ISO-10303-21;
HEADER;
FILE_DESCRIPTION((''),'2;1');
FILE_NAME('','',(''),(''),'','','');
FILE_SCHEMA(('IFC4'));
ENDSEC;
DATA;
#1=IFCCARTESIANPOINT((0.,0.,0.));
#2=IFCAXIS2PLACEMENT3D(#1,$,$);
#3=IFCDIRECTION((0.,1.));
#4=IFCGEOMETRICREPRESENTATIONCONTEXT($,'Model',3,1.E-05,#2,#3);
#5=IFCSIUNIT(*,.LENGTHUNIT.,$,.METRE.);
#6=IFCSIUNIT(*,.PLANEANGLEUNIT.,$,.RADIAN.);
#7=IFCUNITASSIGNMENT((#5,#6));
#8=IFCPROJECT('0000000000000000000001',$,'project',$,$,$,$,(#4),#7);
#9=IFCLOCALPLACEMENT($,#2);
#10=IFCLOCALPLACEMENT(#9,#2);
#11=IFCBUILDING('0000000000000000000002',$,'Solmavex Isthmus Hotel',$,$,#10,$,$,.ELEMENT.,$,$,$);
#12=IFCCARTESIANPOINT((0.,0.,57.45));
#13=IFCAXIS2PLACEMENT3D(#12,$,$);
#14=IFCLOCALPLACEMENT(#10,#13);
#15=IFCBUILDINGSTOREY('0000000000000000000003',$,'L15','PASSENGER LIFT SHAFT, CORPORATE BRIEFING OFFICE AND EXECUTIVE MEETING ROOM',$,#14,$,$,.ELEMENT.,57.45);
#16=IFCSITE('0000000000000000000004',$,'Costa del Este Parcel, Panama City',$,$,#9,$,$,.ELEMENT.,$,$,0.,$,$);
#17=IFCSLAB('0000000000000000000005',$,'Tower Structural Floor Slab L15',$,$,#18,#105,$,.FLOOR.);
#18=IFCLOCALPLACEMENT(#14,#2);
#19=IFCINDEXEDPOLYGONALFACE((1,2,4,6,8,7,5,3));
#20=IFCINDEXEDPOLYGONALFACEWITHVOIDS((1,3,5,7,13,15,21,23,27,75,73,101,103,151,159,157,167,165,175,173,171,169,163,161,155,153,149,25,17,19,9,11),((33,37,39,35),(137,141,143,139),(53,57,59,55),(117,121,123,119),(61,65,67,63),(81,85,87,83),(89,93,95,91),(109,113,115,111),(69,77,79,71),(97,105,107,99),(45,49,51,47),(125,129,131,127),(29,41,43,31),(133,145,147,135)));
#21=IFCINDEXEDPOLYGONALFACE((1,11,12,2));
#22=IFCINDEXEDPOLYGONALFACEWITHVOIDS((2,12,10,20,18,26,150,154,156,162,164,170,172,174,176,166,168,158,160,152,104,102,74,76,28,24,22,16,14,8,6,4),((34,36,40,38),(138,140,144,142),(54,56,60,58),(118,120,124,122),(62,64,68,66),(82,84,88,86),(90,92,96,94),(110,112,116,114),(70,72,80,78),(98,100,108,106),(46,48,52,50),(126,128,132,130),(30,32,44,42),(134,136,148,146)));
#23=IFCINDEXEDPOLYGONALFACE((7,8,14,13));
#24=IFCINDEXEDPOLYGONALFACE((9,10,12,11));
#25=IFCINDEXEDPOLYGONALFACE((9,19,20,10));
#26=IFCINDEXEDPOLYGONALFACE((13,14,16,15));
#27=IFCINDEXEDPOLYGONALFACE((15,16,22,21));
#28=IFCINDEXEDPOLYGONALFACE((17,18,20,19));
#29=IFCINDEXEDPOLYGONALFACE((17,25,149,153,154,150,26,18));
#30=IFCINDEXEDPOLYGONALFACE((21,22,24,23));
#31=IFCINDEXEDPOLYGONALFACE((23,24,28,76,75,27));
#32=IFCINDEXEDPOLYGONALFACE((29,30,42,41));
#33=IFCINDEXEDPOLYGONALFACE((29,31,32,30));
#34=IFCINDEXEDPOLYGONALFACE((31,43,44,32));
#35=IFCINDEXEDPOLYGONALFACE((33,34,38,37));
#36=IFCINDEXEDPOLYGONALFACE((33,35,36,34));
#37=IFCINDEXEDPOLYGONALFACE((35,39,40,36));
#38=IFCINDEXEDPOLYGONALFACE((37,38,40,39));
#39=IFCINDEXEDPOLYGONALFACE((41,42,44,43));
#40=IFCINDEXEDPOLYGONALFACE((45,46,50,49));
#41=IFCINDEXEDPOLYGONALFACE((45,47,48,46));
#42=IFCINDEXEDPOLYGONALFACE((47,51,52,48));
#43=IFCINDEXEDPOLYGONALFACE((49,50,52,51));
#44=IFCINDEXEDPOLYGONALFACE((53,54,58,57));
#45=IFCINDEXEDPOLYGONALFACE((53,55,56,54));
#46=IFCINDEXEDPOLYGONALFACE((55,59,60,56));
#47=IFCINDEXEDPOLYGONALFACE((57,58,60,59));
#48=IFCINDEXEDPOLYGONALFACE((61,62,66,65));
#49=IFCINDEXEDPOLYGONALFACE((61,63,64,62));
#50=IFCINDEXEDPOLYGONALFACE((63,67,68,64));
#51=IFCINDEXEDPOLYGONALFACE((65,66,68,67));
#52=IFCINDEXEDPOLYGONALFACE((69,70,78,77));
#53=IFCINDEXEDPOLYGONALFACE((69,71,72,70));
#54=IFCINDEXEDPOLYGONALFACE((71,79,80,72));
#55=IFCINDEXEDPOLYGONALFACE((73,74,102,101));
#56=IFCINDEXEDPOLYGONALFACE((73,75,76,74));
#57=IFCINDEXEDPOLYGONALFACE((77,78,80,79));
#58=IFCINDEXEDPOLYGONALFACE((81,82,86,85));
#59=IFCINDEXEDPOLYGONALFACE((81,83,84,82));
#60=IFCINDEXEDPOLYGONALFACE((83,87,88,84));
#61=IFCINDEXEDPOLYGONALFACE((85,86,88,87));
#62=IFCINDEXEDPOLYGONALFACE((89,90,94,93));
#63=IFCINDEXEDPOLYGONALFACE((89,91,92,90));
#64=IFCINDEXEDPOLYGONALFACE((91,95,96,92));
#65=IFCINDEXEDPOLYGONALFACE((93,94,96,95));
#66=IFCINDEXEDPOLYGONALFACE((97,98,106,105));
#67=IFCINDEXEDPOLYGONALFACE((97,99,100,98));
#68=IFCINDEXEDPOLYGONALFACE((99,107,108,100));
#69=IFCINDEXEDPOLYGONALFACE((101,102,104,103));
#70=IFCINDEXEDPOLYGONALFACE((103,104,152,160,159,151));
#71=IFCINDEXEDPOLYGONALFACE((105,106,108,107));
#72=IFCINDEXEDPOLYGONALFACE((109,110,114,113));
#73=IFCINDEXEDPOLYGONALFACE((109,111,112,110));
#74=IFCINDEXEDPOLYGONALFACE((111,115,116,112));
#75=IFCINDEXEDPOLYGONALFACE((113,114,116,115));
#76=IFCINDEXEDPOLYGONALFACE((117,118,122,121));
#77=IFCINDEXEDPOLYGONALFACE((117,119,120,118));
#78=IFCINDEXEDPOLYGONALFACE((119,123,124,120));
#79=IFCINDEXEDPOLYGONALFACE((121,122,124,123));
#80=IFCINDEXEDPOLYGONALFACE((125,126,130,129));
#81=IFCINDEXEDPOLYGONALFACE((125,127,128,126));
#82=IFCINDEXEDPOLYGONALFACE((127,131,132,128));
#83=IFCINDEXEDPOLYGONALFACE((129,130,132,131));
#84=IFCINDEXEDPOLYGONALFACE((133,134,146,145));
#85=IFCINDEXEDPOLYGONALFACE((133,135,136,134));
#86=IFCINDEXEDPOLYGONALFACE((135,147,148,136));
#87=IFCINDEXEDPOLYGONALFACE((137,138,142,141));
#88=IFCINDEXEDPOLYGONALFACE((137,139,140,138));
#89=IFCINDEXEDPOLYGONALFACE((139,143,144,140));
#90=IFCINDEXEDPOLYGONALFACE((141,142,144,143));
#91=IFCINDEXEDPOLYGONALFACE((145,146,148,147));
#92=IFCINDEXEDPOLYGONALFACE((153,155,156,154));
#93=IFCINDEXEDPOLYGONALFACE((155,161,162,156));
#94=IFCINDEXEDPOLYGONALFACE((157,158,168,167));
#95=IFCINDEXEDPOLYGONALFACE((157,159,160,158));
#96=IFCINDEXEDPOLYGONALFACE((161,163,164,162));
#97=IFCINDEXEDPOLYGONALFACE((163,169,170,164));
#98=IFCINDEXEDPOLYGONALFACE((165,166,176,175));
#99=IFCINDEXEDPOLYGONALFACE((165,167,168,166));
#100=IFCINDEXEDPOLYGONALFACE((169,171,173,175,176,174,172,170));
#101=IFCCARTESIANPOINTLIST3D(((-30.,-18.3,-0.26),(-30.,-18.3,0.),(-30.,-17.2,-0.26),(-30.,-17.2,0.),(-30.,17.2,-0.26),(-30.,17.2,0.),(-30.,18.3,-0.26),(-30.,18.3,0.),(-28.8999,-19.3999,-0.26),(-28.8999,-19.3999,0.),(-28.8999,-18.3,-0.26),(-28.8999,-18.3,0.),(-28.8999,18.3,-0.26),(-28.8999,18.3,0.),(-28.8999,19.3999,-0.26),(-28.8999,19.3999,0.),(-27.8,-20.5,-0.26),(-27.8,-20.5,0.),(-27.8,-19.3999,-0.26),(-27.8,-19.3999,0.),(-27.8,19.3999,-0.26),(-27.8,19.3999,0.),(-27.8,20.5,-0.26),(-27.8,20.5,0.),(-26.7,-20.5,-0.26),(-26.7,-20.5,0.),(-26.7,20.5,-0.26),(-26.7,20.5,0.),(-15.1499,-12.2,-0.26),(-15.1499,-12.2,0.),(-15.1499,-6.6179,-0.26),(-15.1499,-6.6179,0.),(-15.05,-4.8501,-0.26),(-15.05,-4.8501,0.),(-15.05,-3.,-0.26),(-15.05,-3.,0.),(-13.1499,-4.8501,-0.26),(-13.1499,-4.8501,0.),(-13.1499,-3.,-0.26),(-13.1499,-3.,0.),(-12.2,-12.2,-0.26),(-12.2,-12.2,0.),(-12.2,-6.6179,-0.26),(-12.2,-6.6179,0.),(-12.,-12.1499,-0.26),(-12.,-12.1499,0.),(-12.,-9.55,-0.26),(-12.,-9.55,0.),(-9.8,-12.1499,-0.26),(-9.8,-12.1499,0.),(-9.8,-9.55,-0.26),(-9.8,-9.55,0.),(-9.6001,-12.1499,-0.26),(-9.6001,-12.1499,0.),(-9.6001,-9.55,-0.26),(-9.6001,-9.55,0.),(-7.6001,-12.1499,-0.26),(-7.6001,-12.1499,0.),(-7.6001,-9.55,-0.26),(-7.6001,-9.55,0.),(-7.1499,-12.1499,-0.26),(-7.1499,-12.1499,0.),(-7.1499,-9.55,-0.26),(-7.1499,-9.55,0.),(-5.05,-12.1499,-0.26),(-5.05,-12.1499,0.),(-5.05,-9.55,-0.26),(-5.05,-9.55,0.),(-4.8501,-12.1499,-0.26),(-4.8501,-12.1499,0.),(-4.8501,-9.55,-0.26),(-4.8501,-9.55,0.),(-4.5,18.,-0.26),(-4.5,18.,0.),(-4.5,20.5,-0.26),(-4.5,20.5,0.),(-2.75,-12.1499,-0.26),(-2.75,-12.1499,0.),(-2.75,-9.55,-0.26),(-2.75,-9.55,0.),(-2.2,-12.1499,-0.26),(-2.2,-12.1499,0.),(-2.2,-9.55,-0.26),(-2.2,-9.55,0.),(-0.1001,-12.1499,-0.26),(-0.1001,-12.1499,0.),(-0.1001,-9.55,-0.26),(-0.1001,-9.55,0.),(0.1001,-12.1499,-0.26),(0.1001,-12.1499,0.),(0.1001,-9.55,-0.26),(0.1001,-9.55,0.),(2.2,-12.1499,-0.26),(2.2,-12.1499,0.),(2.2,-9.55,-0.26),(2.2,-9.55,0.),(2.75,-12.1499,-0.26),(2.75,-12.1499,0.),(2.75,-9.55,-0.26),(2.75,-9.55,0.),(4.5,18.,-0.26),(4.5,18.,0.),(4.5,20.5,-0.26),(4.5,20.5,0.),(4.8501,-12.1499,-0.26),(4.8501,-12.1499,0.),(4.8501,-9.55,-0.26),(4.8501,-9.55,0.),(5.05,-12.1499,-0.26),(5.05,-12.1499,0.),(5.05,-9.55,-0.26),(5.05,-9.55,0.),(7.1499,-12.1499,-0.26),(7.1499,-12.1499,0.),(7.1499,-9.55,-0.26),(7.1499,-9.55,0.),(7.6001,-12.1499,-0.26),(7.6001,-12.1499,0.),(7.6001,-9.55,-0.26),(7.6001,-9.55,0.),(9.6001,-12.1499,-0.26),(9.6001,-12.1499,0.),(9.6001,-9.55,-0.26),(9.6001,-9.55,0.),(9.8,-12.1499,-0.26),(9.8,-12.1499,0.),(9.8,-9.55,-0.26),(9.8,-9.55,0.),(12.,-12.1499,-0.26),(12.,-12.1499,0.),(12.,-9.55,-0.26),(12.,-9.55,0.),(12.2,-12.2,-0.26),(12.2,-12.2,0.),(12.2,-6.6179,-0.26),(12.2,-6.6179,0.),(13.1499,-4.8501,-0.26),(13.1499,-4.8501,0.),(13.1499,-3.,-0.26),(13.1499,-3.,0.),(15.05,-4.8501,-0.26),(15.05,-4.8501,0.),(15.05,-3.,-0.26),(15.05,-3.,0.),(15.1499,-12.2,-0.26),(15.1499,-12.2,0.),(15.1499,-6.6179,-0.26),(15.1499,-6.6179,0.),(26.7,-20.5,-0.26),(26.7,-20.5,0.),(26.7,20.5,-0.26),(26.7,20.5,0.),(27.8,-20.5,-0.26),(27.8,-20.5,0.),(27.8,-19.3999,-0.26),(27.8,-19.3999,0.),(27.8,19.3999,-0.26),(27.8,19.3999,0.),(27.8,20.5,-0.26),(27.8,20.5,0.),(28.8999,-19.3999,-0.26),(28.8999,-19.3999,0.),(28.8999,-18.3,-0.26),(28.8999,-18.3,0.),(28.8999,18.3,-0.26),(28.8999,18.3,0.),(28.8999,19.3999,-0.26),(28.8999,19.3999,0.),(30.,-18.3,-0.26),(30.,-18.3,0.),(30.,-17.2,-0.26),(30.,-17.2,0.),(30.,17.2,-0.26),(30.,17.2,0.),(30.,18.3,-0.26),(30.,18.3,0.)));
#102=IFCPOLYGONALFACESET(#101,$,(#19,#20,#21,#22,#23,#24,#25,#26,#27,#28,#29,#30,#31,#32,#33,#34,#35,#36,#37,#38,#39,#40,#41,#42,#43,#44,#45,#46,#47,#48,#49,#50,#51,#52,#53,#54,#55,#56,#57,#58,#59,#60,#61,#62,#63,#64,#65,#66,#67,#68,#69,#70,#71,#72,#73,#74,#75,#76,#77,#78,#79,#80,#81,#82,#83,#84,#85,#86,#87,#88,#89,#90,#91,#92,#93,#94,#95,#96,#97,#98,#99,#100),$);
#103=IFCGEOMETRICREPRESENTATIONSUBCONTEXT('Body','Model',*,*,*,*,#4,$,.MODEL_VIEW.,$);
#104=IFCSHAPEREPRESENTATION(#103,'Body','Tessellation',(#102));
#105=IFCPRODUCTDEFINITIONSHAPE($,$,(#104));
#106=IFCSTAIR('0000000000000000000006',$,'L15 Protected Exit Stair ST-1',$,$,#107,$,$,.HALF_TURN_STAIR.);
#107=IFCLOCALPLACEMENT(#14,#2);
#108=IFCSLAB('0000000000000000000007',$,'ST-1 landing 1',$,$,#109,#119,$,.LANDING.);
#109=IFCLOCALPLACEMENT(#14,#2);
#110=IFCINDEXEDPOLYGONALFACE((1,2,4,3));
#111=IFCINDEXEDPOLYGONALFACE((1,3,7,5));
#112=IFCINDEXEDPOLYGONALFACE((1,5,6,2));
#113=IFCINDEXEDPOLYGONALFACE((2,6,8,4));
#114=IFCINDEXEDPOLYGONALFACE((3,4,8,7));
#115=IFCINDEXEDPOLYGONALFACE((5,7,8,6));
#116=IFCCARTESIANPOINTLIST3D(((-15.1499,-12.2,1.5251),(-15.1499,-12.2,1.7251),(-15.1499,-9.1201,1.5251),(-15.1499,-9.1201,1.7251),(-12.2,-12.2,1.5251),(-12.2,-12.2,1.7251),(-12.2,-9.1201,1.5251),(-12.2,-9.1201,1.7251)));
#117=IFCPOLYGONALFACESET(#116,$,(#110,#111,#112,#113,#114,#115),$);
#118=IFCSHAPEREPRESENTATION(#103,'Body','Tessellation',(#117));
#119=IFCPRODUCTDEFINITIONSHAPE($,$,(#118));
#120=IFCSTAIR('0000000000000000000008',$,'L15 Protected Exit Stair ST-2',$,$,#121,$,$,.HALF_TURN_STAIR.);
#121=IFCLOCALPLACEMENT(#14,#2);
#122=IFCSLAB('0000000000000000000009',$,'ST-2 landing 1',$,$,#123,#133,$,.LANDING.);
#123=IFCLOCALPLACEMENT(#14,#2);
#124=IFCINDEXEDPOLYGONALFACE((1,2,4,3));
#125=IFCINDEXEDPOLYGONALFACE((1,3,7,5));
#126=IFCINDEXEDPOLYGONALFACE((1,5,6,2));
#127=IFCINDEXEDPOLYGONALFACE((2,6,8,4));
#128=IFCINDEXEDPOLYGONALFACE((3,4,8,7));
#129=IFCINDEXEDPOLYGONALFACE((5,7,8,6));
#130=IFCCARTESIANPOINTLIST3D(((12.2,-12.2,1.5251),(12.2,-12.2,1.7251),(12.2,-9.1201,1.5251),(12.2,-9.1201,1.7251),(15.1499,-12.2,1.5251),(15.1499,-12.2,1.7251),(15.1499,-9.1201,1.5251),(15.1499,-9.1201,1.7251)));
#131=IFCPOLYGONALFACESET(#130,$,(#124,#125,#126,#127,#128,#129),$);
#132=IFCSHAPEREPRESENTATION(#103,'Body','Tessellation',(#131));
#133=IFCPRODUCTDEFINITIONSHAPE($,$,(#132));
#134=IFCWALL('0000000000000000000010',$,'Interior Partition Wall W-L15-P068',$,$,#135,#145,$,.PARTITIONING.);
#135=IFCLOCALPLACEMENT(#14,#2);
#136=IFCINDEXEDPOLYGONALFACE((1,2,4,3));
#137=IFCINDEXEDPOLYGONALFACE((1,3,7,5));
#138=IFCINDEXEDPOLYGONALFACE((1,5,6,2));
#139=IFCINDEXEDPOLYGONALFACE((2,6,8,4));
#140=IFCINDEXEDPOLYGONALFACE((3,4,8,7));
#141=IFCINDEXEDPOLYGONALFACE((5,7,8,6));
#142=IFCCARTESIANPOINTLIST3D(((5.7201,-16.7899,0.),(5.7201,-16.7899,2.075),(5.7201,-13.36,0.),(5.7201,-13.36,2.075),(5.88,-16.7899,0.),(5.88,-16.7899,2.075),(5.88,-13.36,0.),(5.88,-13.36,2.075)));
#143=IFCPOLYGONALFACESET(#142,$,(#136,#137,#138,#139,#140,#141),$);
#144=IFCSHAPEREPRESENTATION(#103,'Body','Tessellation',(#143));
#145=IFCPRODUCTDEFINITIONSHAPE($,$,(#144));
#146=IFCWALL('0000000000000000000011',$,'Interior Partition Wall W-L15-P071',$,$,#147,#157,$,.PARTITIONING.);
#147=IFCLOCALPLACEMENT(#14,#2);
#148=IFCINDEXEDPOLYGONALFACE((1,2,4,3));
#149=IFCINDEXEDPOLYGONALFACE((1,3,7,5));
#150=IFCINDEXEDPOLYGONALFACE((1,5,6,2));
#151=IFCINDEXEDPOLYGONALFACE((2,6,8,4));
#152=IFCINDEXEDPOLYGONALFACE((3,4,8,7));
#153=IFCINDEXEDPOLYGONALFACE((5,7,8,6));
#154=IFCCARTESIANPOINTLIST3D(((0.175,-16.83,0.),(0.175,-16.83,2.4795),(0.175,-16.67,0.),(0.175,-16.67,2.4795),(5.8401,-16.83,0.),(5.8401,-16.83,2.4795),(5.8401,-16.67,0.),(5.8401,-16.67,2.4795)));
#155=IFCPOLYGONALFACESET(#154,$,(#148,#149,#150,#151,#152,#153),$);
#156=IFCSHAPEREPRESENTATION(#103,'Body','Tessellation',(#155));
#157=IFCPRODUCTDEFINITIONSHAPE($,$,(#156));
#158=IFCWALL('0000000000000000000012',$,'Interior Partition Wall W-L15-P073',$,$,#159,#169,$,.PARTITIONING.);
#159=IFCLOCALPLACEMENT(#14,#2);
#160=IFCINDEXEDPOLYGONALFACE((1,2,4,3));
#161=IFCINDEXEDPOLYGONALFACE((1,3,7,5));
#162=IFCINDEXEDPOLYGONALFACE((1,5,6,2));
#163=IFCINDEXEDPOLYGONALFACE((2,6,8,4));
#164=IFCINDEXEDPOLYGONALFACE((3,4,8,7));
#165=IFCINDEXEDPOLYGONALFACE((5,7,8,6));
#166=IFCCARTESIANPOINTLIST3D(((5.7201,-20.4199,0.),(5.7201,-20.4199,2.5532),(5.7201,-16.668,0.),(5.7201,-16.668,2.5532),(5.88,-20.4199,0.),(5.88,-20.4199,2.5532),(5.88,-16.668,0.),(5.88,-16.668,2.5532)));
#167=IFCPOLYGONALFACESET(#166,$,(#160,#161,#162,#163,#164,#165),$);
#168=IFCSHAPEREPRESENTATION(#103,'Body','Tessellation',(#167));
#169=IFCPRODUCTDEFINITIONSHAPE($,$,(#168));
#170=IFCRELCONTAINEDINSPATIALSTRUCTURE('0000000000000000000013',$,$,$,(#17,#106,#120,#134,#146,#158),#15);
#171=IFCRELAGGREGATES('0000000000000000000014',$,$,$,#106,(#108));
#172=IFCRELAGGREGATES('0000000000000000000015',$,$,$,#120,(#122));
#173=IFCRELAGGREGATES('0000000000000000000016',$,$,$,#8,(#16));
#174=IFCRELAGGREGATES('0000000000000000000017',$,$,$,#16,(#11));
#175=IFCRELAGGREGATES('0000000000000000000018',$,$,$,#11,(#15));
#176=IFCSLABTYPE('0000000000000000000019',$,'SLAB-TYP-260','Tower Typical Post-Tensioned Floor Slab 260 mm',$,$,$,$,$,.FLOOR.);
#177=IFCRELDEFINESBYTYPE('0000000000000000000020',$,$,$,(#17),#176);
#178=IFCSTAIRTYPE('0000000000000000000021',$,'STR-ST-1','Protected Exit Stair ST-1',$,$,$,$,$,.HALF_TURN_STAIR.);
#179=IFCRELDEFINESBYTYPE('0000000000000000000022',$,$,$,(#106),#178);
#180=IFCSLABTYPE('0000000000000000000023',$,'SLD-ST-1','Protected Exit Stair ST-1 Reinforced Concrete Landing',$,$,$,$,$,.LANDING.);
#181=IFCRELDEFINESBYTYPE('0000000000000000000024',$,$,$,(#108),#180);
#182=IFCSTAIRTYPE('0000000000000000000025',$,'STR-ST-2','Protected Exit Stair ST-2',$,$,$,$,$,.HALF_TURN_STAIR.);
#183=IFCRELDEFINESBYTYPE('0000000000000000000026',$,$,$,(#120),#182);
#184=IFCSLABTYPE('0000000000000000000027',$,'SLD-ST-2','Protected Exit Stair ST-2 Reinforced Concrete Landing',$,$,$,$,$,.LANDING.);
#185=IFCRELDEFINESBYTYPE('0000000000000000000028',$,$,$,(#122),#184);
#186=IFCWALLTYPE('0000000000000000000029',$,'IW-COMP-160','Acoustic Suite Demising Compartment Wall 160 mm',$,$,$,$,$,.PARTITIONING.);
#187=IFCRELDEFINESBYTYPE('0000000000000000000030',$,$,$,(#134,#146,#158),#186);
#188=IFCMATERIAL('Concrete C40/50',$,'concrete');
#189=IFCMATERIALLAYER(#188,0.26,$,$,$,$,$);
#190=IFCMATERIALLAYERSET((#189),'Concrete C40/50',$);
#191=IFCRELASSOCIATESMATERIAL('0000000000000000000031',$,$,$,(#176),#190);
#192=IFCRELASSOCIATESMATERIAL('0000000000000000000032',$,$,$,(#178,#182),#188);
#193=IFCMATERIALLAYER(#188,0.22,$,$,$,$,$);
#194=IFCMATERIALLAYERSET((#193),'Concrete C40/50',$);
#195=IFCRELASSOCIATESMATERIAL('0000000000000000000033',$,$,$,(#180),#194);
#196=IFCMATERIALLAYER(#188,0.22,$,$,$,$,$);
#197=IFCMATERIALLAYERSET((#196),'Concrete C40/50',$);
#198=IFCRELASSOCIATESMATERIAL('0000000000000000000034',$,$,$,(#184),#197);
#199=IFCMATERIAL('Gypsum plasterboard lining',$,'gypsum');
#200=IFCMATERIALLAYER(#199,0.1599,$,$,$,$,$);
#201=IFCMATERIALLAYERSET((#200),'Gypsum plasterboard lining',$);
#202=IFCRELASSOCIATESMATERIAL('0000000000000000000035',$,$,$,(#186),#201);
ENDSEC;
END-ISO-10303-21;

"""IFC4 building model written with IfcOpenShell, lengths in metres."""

from ifc_helpers import new_model, si_unit, direction, frame, frame_2d, origin, place, context, subcontext, project, spatial, polyline, rectangle, outline, extrude, material, layer, layer_set, type_object, element, aggregate, save


model = new_model("IFC4")

# Units and contexts
model_context = context("Model", 3, precision=1e-05, world=origin(), true_north=direction((0.0, 1.0)))
body_context = subcontext(model_context, "Body", "Model", "MODEL_VIEW")
ifc_project = project(units=[si_unit("LENGTHUNIT", "METRE"), si_unit("PLANEANGLEUNIT", "RADIAN")], contexts=[model_context])

# Site, building, storey
site_placement = place(None, origin())
site = spatial("IfcSite", under=ifc_project, at=site_placement, Name="Costa del Este Parcel, Panama City", CompositionType="ELEMENT", RefElevation=0.0)
building_placement = place(site_placement, origin())
building = spatial("IfcBuilding", under=site, at=building_placement, Name="Solmavex Isthmus Hotel", CompositionType="ELEMENT")
storey_placement = place(building_placement, frame((0.0, 0.0, 57.45)))
storey = spatial("IfcBuildingStorey", under=building, at=storey_placement, Name="L15", Description="PASSENGER LIFT SHAFT, CORPORATE BRIEFING OFFICE AND EXECUTIVE MEETING ROOM", CompositionType="ELEMENT", Elevation=57.45)

# Slab
ifc_material_1 = material(Name="Concrete C40/50", Category="concrete")
ifc_layer_1 = layer(ifc_material_1, 0.26)
ifc_layer_set_1 = layer_set([ifc_layer_1], Name="Concrete C40/50")
slab_type_1 = type_object("IfcSlabType", Name="SLAB-TYP-260", Description="Tower Typical Post-Tensioned Floor Slab 260 mm", PredefinedType="FLOOR", material=ifc_layer_set_1)
slab_1_placement = place(storey_placement, frame((0.0, 0.0, -0.26)))
element("IfcSlab", 1, at=slab_1_placement, inside=storey, type_object=slab_type_1, Name="Tower Structural Floor Slab L15", PredefinedType="FLOOR", context=body_context, shape_type="SweptSolid", body=[
    extrude(outline(polyline([(4.5, 20.5), (4.5, 18.0), (-4.5, 18.0), (-4.5, 20.5), (-26.7, 20.5), (-27.8, 20.5), (-27.8, 19.3999), (-28.8999, 19.3999), (-28.8999, 18.3), (-30.0, 18.3), (-30.0, 17.2), (-30.0, -17.2), (-30.0, -18.3), (-28.8999, -18.3), (-28.8999, -19.3999), (-27.8, -19.3999), (-27.8, -20.5), (-26.7, -20.5), (26.7, -20.5), (27.8, -20.5), (27.8, -19.3999), (28.8999, -19.3999), (28.8999, -18.3), (30.0, -18.3), (30.0, -17.2), (30.0, 17.2), (30.0, 18.3), (28.8999, 18.3), (28.8999, 19.3999), (27.8, 19.3999), (27.8, 20.5), (26.7, 20.5), (4.5, 20.5)]), holes=[polyline([(-15.1499, -6.6179), (-15.1499, -12.2), (-12.2, -12.2), (-12.2, -6.6179), (-15.1499, -6.6179)]), polyline([(12.2, -6.6179), (12.2, -12.2), (15.1499, -12.2), (15.1499, -6.6179), (12.2, -6.6179)]), polyline([(-12.0, -12.1499), (-9.8, -12.1499), (-9.8, -9.55), (-12.0, -9.55), (-12.0, -12.1499)]), polyline([(9.8, -12.1499), (12.0, -12.1499), (12.0, -9.55), (9.8, -9.55), (9.8, -12.1499)]), polyline([(-9.6001, -12.1499), (-7.6001, -12.1499), (-7.6001, -9.55), (-9.6001, -9.55), (-9.6001, -12.1499)]), polyline([(7.6001, -12.1499), (9.6001, -12.1499), (9.6001, -9.55), (7.6001, -9.55), (7.6001, -12.1499)]), polyline([(-7.1499, -12.1499), (-5.05, -12.1499), (-5.05, -9.55), (-7.1499, -9.55), (-7.1499, -12.1499)]), polyline([(-4.8501, -12.1499), (-2.75, -12.1499), (-2.75, -9.55), (-4.8501, -9.55), (-4.8501, -12.1499)]), polyline([(-2.2, -12.1499), (-0.1001, -12.1499), (-0.1001, -9.55), (-2.2, -9.55), (-2.2, -12.1499)]), polyline([(0.1001, -12.1499), (2.2, -12.1499), (2.2, -9.55), (0.1001, -9.55), (0.1001, -12.1499)]), polyline([(2.75, -12.1499), (4.8501, -12.1499), (4.8501, -9.55), (2.75, -9.55), (2.75, -12.1499)]), polyline([(5.05, -12.1499), (7.1499, -12.1499), (7.1499, -9.55), (5.05, -9.55), (5.05, -12.1499)]), polyline([(-15.05, -4.8501), (-13.1499, -4.8501), (-13.1499, -3.0), (-15.05, -3.0), (-15.05, -4.8501)]), polyline([(13.1499, -4.8501), (15.05, -4.8501), (15.05, -3.0), (13.1499, -3.0), (13.1499, -4.8501)])]), origin(), (0.0, 0.0, 1.0), 0.26),
])

# Stairs, slabs
stair_type_1 = type_object("IfcStairType", Name="STR-ST-1", Description="Protected Exit Stair ST-1", PredefinedType="HALF_TURN_STAIR", material=ifc_material_1)
stair_1_placement = place(storey_placement, origin())
stair_1 = element("IfcStair", 2, at=stair_1_placement, inside=storey, type_object=stair_type_1, Name="L15 Protected Exit Stair ST-1", PredefinedType="HALF_TURN_STAIR")
ifc_layer_2 = layer(ifc_material_1, 0.22)
ifc_layer_set_2 = layer_set([ifc_layer_2], Name="Concrete C40/50")
slab_type_2 = type_object("IfcSlabType", Name="SLD-ST-1", Description="Protected Exit Stair ST-1 Reinforced Concrete Landing", PredefinedType="LANDING", material=ifc_layer_set_2)
slab_2_placement = place(storey_placement, frame((0.0, 0.0, 1.5251)))
slab_2 = element("IfcSlab", 3, at=slab_2_placement, type_object=slab_type_2, Name="ST-1 landing 1", PredefinedType="LANDING", context=body_context, shape_type="SweptSolid", body=[
    extrude(outline(polyline([(-15.1499, -9.1201), (-15.1499, -12.2), (-12.2, -12.2), (-12.2, -9.1201), (-15.1499, -9.1201)])), origin(), (0.0, 0.0, 1.0), 0.2),
])
aggregate(stair_1, [slab_2])
stair_type_2 = type_object("IfcStairType", Name="STR-ST-2", Description="Protected Exit Stair ST-2", PredefinedType="HALF_TURN_STAIR", material=ifc_material_1)
stair_2_placement = place(storey_placement, origin())
stair_2 = element("IfcStair", 4, at=stair_2_placement, inside=storey, type_object=stair_type_2, Name="L15 Protected Exit Stair ST-2", PredefinedType="HALF_TURN_STAIR")
ifc_layer_3 = layer(ifc_material_1, 0.22)
ifc_layer_set_3 = layer_set([ifc_layer_3], Name="Concrete C40/50")
slab_type_3 = type_object("IfcSlabType", Name="SLD-ST-2", Description="Protected Exit Stair ST-2 Reinforced Concrete Landing", PredefinedType="LANDING", material=ifc_layer_set_3)
slab_3_placement = place(storey_placement, frame((0.0, 0.0, 1.5251)))
slab_3 = element("IfcSlab", 5, at=slab_3_placement, type_object=slab_type_3, Name="ST-2 landing 1", PredefinedType="LANDING", context=body_context, shape_type="SweptSolid", body=[
    extrude(outline(polyline([(12.2, -9.1201), (12.2, -12.2), (15.1499, -12.2), (15.1499, -9.1201), (12.2, -9.1201)])), origin(), (0.0, 0.0, 1.0), 0.2),
])
aggregate(stair_2, [slab_3])

# Walls
ifc_material_2 = material(Name="Gypsum plasterboard lining", Category="gypsum")
ifc_layer_4 = layer(ifc_material_2, 0.1599)
ifc_layer_set_4 = layer_set([ifc_layer_4], Name="Gypsum plasterboard lining")
wall_type_1 = type_object("IfcWallType", Name="IW-COMP-160", Description="Acoustic Suite Demising Compartment Wall 160 mm", PredefinedType="PARTITIONING", material=ifc_layer_set_4)
wall_1_placement = place(storey_placement, frame((5.8, -13.3601, 0.0), z_axis=(0.0, 0.0, 1.0), x_axis=(0.0, -1.0, 0.0)))
element("IfcWall", 6, at=wall_1_placement, inside=storey, type_object=wall_type_1, Name="Interior Partition Wall W-L15-P068", PredefinedType="PARTITIONING", context=body_context, shape_type="SweptSolid", body=[
    extrude(rectangle(XDim=3.4299, YDim=0.1599, at=frame_2d((1.7148, 0.0))), origin(), (0.0, 0.0, 1.0), 2.075),
])
wall_2_placement = place(storey_placement, frame((5.8401, -16.75, 0.0), z_axis=(0.0, 0.0, 1.0), x_axis=(-1.0, 0.0, 0.0)))
element("IfcWall", 7, at=wall_2_placement, inside=storey, type_object=wall_type_1, Name="Interior Partition Wall W-L15-P071", PredefinedType="PARTITIONING", context=body_context, shape_type="SweptSolid", body=[
    extrude(rectangle(XDim=5.665, YDim=0.1599, at=frame_2d((2.8325, 0.0))), origin(), (0.0, 0.0, 1.0), 2.4795),
])
wall_3_placement = place(storey_placement, frame((5.8, -20.4199, 0.0), z_axis=(0.0, 0.0, 1.0), x_axis=(0.0, 1.0, 0.0)))
element("IfcWall", 8, at=wall_3_placement, inside=storey, type_object=wall_type_1, Name="Interior Partition Wall W-L15-P073", PredefinedType="PARTITIONING", context=body_context, shape_type="SweptSolid", body=[
    extrude(rectangle(XDim=3.752, YDim=0.1599, at=frame_2d((1.876, 0.0))), origin(), (0.0, 0.0, 1.0), 2.5532),
])

save(model, "model.ifc")
